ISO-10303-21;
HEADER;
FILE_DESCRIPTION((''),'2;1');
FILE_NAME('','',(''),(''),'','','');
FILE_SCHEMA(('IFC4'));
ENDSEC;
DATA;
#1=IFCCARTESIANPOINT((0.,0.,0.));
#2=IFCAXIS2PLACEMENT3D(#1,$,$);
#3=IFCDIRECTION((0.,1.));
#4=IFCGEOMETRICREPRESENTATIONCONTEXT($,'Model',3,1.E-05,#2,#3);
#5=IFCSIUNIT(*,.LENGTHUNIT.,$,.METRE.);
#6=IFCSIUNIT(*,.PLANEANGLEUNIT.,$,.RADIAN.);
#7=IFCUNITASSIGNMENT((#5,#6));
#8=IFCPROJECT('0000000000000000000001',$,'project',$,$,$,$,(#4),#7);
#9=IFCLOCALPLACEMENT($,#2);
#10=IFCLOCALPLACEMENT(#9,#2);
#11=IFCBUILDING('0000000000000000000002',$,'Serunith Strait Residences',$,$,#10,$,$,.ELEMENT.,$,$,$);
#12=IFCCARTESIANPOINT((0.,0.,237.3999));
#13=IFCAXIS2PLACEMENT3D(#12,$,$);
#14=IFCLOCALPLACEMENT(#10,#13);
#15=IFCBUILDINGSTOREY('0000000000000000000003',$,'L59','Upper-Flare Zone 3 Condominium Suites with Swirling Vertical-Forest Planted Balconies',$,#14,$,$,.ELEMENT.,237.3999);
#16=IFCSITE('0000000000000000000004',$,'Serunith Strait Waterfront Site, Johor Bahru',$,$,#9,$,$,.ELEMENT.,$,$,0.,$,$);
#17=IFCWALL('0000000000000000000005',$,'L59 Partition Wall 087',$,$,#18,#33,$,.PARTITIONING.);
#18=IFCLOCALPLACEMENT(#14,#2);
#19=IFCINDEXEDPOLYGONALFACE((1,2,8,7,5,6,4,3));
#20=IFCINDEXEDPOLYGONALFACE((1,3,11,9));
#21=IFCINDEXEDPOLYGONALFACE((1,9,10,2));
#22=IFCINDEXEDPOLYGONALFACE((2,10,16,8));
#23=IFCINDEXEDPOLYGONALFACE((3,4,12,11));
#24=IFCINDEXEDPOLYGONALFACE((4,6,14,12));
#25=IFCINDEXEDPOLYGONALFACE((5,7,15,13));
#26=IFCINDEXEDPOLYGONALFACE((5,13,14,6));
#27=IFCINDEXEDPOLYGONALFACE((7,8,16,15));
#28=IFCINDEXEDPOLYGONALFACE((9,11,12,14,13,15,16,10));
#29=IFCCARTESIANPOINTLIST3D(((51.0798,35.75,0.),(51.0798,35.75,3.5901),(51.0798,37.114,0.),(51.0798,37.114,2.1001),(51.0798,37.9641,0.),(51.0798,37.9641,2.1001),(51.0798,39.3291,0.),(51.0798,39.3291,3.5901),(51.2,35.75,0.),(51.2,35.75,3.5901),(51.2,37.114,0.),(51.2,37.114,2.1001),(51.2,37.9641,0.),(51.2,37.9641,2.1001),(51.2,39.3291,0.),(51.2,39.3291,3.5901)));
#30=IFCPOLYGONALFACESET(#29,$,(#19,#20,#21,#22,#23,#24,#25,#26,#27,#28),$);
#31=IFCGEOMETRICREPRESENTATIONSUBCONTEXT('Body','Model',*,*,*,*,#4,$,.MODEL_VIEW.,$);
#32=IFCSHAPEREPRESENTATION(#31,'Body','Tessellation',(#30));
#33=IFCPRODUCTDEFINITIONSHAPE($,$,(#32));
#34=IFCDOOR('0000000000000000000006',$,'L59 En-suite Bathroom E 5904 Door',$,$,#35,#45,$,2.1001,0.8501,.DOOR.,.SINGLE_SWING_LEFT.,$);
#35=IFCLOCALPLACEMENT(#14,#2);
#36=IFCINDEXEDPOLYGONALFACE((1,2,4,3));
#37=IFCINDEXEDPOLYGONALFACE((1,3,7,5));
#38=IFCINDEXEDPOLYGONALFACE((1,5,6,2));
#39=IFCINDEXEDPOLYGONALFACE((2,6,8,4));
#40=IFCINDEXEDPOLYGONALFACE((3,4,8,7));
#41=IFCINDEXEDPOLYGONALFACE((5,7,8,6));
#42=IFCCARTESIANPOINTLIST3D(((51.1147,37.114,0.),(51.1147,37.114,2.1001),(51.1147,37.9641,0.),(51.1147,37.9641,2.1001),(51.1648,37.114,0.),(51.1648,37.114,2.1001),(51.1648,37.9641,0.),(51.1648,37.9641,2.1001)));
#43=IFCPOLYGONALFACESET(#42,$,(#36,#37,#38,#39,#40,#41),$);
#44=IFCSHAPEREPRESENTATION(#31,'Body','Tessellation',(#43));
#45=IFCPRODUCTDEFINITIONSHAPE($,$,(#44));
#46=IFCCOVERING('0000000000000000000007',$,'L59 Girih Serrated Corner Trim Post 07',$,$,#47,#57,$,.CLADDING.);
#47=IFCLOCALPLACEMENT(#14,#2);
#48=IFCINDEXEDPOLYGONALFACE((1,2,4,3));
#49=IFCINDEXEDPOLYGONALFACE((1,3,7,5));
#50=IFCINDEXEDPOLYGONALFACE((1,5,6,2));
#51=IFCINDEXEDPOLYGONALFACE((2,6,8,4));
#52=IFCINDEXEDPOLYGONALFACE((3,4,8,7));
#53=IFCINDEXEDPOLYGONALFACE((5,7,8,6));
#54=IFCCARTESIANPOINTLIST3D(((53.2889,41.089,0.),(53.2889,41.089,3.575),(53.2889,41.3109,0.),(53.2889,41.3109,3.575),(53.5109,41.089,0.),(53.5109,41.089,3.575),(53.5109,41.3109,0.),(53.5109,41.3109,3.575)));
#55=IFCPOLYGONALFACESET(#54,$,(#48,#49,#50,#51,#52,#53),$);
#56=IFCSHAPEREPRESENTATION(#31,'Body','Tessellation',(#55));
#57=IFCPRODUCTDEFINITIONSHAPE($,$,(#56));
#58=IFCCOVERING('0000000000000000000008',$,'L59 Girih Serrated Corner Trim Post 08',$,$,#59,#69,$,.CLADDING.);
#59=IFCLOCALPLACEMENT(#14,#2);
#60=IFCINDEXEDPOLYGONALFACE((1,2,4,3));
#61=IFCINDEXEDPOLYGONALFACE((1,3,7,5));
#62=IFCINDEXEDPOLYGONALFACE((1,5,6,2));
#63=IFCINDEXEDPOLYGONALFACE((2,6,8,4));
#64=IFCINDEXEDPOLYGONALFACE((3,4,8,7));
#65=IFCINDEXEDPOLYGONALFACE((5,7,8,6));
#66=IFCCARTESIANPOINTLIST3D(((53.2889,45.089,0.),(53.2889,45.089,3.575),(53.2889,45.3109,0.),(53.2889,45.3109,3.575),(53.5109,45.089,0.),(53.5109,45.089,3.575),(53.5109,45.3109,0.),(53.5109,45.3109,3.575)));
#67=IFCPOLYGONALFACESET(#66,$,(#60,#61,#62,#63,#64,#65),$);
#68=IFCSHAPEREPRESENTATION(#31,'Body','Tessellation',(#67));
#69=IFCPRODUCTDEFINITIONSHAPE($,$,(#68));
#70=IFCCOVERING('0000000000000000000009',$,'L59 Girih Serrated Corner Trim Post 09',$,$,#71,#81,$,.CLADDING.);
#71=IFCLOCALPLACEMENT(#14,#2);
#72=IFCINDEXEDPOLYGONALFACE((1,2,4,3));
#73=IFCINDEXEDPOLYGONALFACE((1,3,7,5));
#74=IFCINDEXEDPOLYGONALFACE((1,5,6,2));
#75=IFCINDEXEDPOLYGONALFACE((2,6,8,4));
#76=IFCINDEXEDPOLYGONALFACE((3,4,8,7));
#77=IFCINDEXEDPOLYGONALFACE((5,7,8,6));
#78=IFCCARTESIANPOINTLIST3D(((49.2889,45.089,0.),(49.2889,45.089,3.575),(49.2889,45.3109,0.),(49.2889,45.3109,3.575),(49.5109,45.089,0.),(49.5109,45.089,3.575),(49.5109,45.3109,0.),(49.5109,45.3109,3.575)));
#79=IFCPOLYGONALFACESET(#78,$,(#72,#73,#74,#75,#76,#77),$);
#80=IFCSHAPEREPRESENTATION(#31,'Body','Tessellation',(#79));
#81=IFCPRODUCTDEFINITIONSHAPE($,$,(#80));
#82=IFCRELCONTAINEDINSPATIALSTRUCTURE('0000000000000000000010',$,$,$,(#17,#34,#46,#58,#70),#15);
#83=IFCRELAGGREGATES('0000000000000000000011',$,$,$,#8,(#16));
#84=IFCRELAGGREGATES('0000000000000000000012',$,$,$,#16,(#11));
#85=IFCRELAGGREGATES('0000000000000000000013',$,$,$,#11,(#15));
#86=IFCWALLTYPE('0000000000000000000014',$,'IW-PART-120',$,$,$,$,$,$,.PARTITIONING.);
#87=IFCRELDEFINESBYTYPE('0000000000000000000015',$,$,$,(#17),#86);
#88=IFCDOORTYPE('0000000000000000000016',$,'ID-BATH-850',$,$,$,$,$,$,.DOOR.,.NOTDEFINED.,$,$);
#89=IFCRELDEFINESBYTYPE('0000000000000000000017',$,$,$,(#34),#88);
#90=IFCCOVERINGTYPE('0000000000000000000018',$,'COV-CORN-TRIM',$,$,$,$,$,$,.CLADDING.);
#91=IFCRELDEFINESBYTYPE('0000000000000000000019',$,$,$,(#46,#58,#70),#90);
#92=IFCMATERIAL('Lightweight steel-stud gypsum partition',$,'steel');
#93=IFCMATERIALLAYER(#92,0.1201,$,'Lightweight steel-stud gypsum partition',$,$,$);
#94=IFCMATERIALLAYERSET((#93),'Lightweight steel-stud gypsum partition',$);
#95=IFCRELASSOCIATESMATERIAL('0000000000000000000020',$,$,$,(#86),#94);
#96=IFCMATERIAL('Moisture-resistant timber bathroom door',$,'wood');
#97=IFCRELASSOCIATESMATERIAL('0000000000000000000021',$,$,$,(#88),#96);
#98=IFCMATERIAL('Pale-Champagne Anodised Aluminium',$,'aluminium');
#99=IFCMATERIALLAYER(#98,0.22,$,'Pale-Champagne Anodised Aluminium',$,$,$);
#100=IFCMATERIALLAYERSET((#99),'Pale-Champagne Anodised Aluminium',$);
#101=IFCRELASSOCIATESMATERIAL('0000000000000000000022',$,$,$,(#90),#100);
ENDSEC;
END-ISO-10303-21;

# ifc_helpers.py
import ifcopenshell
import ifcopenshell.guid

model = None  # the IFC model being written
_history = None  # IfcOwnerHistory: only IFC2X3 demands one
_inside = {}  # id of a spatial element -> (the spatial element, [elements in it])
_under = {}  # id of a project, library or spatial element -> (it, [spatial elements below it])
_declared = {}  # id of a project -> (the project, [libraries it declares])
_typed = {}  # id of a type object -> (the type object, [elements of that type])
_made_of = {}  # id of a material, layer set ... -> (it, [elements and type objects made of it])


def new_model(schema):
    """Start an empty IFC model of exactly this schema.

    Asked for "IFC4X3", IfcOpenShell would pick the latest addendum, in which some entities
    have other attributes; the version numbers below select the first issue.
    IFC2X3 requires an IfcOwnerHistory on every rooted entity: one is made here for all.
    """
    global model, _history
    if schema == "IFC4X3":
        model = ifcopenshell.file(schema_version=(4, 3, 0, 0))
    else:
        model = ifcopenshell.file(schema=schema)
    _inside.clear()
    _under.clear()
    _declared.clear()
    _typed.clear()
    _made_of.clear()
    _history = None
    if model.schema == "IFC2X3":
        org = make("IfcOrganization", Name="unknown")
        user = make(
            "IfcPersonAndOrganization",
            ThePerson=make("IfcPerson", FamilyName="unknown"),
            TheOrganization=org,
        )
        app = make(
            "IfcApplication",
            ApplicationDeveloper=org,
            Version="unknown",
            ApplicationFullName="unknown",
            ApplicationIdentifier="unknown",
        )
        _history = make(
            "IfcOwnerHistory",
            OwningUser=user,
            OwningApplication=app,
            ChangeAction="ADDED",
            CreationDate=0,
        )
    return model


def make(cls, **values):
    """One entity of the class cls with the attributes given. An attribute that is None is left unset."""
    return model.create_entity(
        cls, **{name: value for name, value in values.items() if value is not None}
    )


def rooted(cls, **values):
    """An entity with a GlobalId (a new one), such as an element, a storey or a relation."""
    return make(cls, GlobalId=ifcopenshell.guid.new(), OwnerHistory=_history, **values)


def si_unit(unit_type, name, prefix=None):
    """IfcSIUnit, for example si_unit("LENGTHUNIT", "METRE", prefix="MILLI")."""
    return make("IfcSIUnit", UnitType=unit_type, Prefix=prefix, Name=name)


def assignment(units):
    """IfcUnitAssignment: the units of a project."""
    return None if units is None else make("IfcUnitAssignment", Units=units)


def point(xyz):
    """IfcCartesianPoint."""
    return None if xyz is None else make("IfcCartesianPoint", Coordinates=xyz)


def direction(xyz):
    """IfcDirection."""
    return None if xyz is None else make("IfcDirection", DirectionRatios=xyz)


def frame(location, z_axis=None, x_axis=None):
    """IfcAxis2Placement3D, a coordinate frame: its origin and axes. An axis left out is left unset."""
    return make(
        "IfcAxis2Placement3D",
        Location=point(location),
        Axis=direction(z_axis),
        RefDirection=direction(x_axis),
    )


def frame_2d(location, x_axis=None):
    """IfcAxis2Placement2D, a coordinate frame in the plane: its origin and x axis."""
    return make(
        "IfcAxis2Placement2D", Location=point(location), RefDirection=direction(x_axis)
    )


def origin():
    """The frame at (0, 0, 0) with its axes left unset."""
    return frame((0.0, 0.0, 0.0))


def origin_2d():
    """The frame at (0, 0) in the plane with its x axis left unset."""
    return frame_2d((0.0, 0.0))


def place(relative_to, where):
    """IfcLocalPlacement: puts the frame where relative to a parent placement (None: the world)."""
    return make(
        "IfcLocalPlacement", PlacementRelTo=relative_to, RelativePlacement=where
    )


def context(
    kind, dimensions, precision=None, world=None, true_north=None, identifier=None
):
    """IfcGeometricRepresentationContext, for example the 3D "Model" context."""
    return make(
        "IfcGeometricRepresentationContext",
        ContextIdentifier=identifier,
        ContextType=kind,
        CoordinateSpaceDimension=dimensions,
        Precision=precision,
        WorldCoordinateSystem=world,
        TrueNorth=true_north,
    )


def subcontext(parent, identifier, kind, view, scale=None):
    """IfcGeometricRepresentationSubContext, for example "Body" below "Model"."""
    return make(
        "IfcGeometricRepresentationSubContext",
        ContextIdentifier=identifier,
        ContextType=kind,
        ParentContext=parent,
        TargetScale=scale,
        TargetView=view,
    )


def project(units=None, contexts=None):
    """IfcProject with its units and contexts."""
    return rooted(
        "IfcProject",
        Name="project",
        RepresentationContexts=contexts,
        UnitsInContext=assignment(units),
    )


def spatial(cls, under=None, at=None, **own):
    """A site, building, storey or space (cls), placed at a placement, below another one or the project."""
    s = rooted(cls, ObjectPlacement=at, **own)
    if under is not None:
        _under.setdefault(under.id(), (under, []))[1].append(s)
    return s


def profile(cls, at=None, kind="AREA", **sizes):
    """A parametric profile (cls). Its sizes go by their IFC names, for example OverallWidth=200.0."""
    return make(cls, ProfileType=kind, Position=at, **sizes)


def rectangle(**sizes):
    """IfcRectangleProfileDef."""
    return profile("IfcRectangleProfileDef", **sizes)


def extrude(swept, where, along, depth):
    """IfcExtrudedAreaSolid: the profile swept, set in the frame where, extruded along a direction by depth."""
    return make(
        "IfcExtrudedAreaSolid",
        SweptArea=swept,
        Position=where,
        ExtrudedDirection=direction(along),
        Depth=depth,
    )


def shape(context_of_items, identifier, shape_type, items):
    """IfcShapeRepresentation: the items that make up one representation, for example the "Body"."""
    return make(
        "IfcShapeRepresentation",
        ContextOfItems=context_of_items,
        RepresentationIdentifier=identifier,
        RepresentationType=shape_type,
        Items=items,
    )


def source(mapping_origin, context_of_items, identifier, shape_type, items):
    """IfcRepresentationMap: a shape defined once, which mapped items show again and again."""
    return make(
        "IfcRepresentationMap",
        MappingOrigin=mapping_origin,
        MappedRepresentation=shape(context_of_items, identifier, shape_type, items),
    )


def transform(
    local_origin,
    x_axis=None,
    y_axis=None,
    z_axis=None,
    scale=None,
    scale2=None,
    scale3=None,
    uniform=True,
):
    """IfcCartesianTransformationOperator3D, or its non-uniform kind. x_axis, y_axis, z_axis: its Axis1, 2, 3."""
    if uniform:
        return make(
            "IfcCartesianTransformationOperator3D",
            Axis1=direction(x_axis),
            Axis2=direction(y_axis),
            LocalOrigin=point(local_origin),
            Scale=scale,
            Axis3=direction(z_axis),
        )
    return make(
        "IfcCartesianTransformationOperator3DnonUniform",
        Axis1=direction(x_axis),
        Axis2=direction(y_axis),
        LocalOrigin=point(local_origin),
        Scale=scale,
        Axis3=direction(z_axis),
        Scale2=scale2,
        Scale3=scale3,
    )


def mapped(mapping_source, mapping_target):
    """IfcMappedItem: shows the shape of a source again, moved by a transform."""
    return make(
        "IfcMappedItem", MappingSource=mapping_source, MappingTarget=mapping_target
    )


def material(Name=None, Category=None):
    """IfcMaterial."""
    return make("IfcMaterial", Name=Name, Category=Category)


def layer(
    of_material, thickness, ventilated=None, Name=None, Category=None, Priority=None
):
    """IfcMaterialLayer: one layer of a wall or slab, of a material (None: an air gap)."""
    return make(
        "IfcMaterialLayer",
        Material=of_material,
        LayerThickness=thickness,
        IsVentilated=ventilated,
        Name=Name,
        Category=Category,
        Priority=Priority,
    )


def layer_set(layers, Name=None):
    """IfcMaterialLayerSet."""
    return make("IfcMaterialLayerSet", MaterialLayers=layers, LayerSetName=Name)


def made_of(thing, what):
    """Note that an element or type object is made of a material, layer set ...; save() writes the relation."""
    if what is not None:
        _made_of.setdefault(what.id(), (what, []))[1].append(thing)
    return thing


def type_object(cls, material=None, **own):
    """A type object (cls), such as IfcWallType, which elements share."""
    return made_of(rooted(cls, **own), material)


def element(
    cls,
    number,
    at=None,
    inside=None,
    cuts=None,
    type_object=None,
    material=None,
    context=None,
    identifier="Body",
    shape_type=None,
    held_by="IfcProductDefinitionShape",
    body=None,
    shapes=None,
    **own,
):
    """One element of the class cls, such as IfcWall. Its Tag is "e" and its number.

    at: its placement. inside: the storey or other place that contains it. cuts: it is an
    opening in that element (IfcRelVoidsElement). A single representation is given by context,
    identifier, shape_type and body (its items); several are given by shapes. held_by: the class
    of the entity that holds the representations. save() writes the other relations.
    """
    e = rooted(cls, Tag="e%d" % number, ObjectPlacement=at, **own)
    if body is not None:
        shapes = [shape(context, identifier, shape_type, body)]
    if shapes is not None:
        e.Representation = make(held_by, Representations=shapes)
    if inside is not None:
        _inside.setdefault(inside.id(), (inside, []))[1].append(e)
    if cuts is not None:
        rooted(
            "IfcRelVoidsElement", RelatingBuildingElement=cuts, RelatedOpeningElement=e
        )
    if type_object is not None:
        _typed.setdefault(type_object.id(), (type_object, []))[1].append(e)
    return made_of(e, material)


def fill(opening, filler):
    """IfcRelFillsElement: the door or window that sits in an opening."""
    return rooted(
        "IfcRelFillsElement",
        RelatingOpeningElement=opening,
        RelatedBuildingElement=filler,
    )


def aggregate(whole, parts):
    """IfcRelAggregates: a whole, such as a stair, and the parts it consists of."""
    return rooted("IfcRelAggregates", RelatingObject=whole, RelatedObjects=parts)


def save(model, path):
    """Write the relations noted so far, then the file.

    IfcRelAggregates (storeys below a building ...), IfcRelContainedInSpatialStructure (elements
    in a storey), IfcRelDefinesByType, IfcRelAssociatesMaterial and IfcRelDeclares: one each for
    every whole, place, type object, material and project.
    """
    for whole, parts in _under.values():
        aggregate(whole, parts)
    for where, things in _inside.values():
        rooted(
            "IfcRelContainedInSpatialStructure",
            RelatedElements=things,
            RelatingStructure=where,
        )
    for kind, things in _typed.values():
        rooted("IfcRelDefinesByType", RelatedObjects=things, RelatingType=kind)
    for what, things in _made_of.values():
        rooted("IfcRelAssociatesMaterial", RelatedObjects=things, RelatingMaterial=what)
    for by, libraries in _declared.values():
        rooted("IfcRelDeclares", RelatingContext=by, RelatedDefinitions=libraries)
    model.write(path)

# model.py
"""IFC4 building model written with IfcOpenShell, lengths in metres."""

from ifc_helpers import new_model, si_unit, direction, frame, frame_2d, origin, origin_2d, place, context, subcontext, project, spatial, rectangle, extrude, source, transform, mapped, material, layer, layer_set, type_object, element, fill, save


model = new_model("IFC4")

# Units and contexts
model_context = context("Model", 3, precision=1e-05, world=origin(), true_north=direction((0.0, 1.0)))
body_context = subcontext(model_context, "Body", "Model", "MODEL_VIEW")
ifc_project = project(units=[si_unit("LENGTHUNIT", "METRE"), si_unit("PLANEANGLEUNIT", "RADIAN")], contexts=[model_context])

# Site, building, storey
site_placement = place(None, origin())
site = spatial("IfcSite", under=ifc_project, at=site_placement, Name="Serunith Strait Waterfront Site, Johor Bahru", CompositionType="ELEMENT", RefElevation=0.0)
building_placement = place(site_placement, origin())
building = spatial("IfcBuilding", under=site, at=building_placement, Name="Serunith Strait Residences", CompositionType="ELEMENT")
storey_placement = place(building_placement, frame((0.0, 0.0, 237.3999)))
storey = spatial("IfcBuildingStorey", under=building, at=storey_placement, Name="L59", Description="Upper-Flare Zone 3 Condominium Suites with Swirling Vertical-Forest Planted Balconies", CompositionType="ELEMENT", Elevation=237.3999)

# Shared definitions
ifc_material_1 = material(Name="Pale-Champagne Anodised Aluminium", Category="aluminium")

# Shared definitions
ifc_material_2 = material(Name="Lightweight steel-stud gypsum partition", Category="steel")
ifc_layer_1 = layer(ifc_material_2, 0.1201, Name="Lightweight steel-stud gypsum partition")
ifc_layer_set_1 = layer_set([ifc_layer_1], Name="Lightweight steel-stud gypsum partition")
wall_type_1 = type_object("IfcWallType", Name="IW-PART-120", PredefinedType="PARTITIONING", material=ifc_layer_set_1)

# Wall, opening, door
wall_1_placement = place(storey_placement, frame((51.1399, 39.3291, 0.0), z_axis=(0.0, 0.0, 1.0), x_axis=(0.0, -1.0, 0.0)))
wall_1 = element("IfcWall", 1, at=wall_1_placement, inside=storey, type_object=wall_type_1, Name="L59 Partition Wall 087", PredefinedType="PARTITIONING", context=body_context, shape_type="SweptSolid", body=[
    extrude(rectangle(XDim=3.5791, YDim=0.1201, at=frame_2d((1.7896, 0.0))), origin(), (0.0, 0.0, 1.0), 3.5901),
])
opening_1_placement = place(wall_1_placement, frame((1.365, 0.0, 0.0)))
opening_1 = element("IfcOpeningElement", 2, at=opening_1_placement, cuts=wall_1, PredefinedType="OPENING", context=body_context, shape_type="SweptSolid", body=[
    extrude(rectangle(XDim=0.8501, YDim=2.1001, at=frame_2d((0.425, 1.05))), frame((0.0, 0.0701, 0.0), z_axis=(0.0, -1.0, 0.0), x_axis=(1.0, 0.0, 0.0)), (0.0, 0.0, 1.0), 0.1401),
])
ifc_material_3 = material(Name="Moisture-resistant timber bathroom door", Category="wood")
door_type = type_object("IfcDoorType", Name="ID-BATH-850", OperationType="NOTDEFINED", PredefinedType="DOOR", material=ifc_material_3)
shared_shape_1 = source(origin(), body_context, "Body", "SweptSolid", [
    extrude(rectangle(XDim=0.8501, YDim=2.1001, at=frame_2d((0.425, 1.05))), frame((0.0, 0.0249, 0.0), z_axis=(0.0, -1.0, 0.0), x_axis=(1.0, 0.0, 0.0)), (0.0, 0.0, 1.0), 0.05),
])
door_placement = place(opening_1_placement, origin())
door = element("IfcDoor", 3, at=door_placement, inside=storey, type_object=door_type, Name="L59 En-suite Bathroom E 5904 Door", OperationType="SINGLE_SWING_LEFT", OverallHeight=2.1001, OverallWidth=0.8501, PredefinedType="DOOR", context=body_context, shape_type="MappedRepresentation", body=[
    mapped(shared_shape_1, transform((0.0, 0.0, 0.0), scale=1.0)),
])
fill(opening_1, door)

# Coverings
ifc_layer_2 = layer(ifc_material_1, 0.22, Name="Pale-Champagne Anodised Aluminium")
ifc_layer_set_2 = layer_set([ifc_layer_2], Name="Pale-Champagne Anodised Aluminium")
covering_type = type_object("IfcCoveringType", Name="COV-CORN-TRIM", PredefinedType="CLADDING", material=ifc_layer_set_2)
shared_shape_2 = source(origin(), body_context, "Body", "SweptSolid", [
    extrude(rectangle(XDim=0.2219, YDim=0.2219, at=origin_2d()), origin(), (0.0, 0.0, 1.0), 3.575),
])
for number, where, z_axis, x_axis, name in (
    (4, (53.3999, 41.2, 0.0), (0.0, 0.0, 1.0), (1.0, 0.0, 0.0), "L59 Girih Serrated Corner Trim Post 07"),
    (5, (53.3999, 45.2, 0.0), (0.0, 0.0, 1.0), (1.0, 0.0, 0.0), "L59 Girih Serrated Corner Trim Post 08"),
    (6, (49.3999, 45.2, 0.0), (0.0, 0.0, 1.0), (1.0, 0.0, 0.0), "L59 Girih Serrated Corner Trim Post 09"),
):
    element("IfcCovering", number, at=place(storey_placement, frame(where, z_axis=z_axis, x_axis=x_axis)), inside=storey, type_object=covering_type, Name=name, PredefinedType="CLADDING", context=body_context, shape_type="MappedRepresentation", body=[
        mapped(shared_shape_2, transform((0.0, 0.0, 0.0), scale=1.0)),
    ])

save(model, "model.ifc")
